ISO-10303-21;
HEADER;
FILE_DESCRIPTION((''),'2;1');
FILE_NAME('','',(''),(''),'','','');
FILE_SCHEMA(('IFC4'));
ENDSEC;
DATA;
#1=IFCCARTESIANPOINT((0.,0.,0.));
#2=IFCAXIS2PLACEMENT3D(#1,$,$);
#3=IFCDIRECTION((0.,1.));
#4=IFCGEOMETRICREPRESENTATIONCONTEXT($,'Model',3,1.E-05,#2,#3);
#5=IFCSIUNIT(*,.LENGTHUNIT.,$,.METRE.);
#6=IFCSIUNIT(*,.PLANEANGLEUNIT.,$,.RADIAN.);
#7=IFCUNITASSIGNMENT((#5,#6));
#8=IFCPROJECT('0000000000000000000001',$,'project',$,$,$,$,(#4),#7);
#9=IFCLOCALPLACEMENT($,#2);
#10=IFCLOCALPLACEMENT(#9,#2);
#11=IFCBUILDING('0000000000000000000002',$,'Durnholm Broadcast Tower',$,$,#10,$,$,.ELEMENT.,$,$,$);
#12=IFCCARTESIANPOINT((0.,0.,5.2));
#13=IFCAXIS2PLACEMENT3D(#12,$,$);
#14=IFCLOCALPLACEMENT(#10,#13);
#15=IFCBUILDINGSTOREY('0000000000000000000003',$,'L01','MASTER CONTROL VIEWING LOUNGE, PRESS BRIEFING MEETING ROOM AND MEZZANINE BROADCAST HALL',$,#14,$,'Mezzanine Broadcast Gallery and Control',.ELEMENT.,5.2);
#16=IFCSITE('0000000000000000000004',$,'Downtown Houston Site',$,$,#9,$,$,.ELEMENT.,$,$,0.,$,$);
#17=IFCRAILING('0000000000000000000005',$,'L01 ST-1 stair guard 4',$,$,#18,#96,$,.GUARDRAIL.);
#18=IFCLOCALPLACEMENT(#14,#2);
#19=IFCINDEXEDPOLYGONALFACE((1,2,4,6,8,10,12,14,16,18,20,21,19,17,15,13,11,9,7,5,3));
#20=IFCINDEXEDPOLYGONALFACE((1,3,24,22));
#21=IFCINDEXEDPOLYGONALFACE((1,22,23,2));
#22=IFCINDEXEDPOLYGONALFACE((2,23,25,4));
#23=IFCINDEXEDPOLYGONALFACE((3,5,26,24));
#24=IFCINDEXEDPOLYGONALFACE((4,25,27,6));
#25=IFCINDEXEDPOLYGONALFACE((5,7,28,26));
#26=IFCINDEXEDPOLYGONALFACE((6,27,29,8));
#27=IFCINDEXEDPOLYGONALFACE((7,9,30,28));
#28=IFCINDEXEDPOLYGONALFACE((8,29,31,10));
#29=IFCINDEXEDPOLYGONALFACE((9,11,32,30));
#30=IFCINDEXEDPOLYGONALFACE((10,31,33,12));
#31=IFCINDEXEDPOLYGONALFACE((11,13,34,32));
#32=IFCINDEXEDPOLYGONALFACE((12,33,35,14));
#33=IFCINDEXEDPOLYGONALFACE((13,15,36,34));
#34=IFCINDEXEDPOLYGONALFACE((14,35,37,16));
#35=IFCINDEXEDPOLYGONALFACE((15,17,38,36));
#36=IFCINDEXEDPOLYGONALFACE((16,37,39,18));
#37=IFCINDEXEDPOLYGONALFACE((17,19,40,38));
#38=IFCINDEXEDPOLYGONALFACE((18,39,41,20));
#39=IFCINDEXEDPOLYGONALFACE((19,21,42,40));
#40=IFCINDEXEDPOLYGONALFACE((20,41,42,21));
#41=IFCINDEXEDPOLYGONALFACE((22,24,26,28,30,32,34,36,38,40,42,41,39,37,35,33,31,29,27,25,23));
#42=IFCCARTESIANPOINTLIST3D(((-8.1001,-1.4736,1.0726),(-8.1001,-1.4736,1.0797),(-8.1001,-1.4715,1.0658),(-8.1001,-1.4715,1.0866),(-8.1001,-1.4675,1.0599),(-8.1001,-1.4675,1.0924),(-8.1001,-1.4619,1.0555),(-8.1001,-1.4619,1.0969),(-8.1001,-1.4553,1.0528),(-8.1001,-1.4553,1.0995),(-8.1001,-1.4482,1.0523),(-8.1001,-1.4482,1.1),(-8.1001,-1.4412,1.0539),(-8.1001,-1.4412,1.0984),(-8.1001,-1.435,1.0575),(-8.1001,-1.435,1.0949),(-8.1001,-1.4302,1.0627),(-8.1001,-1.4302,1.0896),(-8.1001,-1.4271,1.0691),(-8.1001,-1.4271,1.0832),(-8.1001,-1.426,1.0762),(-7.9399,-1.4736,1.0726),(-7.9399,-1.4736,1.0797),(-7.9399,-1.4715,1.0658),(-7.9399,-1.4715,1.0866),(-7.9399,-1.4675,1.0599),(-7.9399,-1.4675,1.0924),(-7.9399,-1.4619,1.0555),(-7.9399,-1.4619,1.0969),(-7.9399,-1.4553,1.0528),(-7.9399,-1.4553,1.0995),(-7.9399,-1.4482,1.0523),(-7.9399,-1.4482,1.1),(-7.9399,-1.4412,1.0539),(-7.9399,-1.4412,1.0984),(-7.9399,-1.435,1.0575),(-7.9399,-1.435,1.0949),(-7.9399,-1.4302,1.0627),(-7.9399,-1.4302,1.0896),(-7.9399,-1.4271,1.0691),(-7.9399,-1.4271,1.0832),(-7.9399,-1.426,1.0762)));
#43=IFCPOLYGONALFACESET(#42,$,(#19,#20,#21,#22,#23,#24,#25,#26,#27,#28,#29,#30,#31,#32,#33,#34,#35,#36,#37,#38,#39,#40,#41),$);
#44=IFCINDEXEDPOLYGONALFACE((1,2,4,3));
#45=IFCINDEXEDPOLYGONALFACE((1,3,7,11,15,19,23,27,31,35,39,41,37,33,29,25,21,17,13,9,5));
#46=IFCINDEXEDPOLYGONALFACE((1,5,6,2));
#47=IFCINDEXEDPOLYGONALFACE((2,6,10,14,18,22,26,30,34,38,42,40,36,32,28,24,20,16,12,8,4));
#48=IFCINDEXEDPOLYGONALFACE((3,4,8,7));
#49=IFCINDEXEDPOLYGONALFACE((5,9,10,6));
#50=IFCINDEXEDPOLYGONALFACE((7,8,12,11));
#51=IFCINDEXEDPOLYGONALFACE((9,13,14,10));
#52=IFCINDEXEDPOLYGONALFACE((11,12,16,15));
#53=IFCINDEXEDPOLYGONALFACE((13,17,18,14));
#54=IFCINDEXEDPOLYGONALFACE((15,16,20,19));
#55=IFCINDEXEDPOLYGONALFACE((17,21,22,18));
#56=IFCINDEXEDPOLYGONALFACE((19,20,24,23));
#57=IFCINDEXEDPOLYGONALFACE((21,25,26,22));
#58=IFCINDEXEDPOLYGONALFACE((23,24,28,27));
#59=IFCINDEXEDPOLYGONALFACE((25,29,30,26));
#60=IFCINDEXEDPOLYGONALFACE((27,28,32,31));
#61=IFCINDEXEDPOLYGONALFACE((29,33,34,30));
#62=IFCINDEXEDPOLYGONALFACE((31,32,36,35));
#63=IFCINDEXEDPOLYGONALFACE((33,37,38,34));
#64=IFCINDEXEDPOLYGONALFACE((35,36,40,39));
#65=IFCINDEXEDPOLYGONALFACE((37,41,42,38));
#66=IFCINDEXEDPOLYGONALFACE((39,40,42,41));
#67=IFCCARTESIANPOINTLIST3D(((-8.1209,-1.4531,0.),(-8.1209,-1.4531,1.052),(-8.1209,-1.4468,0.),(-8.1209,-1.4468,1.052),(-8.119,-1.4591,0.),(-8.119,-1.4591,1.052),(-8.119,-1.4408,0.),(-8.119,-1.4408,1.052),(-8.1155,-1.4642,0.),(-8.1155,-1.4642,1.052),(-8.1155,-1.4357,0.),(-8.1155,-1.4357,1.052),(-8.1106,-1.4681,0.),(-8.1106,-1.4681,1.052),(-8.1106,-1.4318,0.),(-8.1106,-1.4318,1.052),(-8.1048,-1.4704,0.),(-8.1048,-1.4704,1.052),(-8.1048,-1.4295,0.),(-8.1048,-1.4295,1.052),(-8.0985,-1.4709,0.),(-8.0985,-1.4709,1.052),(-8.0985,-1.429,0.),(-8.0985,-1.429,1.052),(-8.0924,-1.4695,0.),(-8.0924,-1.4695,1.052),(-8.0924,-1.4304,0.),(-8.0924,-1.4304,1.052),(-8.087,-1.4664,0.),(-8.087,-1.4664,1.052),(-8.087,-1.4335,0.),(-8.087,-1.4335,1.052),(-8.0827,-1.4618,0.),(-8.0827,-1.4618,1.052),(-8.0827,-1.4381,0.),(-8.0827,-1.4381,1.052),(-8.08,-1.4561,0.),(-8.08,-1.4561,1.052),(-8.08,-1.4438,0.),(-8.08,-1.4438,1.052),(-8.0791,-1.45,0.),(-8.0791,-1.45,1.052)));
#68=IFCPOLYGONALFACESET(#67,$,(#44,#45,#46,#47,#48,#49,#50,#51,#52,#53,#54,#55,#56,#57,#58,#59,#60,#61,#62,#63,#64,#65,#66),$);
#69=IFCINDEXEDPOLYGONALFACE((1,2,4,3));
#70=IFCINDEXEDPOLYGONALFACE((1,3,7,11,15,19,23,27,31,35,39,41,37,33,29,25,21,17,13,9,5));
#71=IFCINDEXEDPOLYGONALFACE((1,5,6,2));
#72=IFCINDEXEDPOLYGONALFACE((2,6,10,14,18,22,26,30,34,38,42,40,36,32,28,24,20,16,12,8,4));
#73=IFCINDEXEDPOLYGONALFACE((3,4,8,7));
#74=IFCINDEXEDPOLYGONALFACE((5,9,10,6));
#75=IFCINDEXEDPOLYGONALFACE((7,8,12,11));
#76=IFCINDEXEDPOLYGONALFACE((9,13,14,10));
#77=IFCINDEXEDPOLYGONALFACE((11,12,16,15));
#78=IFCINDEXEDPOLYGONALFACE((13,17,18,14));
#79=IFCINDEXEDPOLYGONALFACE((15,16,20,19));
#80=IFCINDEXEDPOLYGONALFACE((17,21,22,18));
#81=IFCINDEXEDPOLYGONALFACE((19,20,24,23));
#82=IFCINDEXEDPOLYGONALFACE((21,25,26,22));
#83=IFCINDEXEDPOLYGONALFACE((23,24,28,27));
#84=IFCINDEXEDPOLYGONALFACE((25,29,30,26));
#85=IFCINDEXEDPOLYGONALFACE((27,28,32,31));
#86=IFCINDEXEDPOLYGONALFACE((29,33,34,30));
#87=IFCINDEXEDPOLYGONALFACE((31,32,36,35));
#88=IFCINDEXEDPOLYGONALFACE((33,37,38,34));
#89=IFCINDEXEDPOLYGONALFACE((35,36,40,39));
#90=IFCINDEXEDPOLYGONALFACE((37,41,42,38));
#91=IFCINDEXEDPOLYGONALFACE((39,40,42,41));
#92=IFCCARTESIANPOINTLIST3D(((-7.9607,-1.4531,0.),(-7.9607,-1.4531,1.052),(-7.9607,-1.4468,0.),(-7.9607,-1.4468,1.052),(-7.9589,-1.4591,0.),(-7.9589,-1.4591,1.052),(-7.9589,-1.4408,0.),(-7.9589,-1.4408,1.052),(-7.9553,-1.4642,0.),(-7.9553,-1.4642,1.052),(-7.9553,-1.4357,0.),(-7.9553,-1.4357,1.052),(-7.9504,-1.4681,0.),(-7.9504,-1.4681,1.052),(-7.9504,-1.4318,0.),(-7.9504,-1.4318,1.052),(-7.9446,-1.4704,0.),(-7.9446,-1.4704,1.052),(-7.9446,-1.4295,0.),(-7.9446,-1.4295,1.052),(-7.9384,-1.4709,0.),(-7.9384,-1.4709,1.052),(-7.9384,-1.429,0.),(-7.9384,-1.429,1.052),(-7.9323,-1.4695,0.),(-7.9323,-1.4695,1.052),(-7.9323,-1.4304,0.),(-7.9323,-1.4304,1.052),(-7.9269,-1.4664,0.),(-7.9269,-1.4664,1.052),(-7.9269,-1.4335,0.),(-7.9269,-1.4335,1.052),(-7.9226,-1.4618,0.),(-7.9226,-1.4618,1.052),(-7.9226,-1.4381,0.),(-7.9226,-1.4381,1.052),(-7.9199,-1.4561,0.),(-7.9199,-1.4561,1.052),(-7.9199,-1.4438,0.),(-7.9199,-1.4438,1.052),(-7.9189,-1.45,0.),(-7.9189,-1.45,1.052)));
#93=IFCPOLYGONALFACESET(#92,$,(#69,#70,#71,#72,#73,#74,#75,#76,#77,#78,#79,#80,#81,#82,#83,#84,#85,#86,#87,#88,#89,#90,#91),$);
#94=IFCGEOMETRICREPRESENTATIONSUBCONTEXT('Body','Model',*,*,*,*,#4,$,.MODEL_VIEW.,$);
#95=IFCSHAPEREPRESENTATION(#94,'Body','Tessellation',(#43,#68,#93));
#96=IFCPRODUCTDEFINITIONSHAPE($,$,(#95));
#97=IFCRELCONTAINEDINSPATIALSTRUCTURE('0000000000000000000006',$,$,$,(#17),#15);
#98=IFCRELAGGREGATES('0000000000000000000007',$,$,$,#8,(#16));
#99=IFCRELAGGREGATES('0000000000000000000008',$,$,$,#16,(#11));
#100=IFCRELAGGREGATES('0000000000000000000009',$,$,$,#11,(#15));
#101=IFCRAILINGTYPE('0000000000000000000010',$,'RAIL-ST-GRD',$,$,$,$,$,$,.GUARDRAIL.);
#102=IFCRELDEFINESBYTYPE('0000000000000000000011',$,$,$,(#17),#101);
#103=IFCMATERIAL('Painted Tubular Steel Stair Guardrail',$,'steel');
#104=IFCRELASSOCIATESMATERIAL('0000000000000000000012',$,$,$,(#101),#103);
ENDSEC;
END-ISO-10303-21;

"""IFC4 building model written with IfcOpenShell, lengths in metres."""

from ifc_helpers import new_model, si_unit, direction, frame, origin, origin_2d, place, context, subcontext, project, spatial, circle, extrude, material, type_object, element, save


model = new_model("IFC4")

# Units and contexts
model_context = context("Model", 3, precision=1e-05, world=origin(), true_north=direction((0.0, 1.0)))
body_context = subcontext(model_context, "Body", "Model", "MODEL_VIEW")
ifc_project = project(units=[si_unit("LENGTHUNIT", "METRE"), si_unit("PLANEANGLEUNIT", "RADIAN")], contexts=[model_context])

# Site, building, storey
site_placement = place(None, origin())
site = spatial("IfcSite", under=ifc_project, at=site_placement, Name="Downtown Houston Site", CompositionType="ELEMENT", RefElevation=0.0)
building_placement = place(site_placement, origin())
building = spatial("IfcBuilding", under=site, at=building_placement, Name="Durnholm Broadcast Tower", CompositionType="ELEMENT")
storey_placement = place(building_placement, frame((0.0, 0.0, 5.2)))
storey = spatial("IfcBuildingStorey", under=building, at=storey_placement, Name="L01", Description="MASTER CONTROL VIEWING LOUNGE, PRESS BRIEFING MEETING ROOM AND MEZZANINE BROADCAST HALL", LongName="Mezzanine Broadcast Gallery and Control", CompositionType="ELEMENT", Elevation=5.2)

# Railing
ifc_material_1 = material(Name="Painted Tubular Steel Stair Guardrail", Category="steel")
railing_type_1 = type_object("IfcRailingType", Name="RAIL-ST-GRD", PredefinedType="GUARDRAIL", material=ifc_material_1)
railing_1_placement = place(storey_placement, frame((-8.1001, -1.45, 0.0)))
element("IfcRailing", 1, at=railing_1_placement, inside=storey, type_object=railing_type_1, Name="L01 ST-1 stair guard 4", PredefinedType="GUARDRAIL", context=body_context, shape_type="SweptSolid", body=[
    extrude(circle(Radius=0.0239, at=origin_2d()), frame((0.0, 0.0, 1.0762), z_axis=(1.0, 0.0, 0.0), x_axis=(0.0, 1.0, 0.0)), (0.0, 0.0, 1.0), 0.1602),
    extrude(circle(Radius=0.021, at=origin_2d()), origin(), (0.0, 0.0, 1.0), 1.052),
    extrude(circle(Radius=0.021, at=origin_2d()), frame((0.1602, 0.0, 0.0)), (0.0, 0.0, 1.0), 1.052),
])

save(model, "model.ifc")
